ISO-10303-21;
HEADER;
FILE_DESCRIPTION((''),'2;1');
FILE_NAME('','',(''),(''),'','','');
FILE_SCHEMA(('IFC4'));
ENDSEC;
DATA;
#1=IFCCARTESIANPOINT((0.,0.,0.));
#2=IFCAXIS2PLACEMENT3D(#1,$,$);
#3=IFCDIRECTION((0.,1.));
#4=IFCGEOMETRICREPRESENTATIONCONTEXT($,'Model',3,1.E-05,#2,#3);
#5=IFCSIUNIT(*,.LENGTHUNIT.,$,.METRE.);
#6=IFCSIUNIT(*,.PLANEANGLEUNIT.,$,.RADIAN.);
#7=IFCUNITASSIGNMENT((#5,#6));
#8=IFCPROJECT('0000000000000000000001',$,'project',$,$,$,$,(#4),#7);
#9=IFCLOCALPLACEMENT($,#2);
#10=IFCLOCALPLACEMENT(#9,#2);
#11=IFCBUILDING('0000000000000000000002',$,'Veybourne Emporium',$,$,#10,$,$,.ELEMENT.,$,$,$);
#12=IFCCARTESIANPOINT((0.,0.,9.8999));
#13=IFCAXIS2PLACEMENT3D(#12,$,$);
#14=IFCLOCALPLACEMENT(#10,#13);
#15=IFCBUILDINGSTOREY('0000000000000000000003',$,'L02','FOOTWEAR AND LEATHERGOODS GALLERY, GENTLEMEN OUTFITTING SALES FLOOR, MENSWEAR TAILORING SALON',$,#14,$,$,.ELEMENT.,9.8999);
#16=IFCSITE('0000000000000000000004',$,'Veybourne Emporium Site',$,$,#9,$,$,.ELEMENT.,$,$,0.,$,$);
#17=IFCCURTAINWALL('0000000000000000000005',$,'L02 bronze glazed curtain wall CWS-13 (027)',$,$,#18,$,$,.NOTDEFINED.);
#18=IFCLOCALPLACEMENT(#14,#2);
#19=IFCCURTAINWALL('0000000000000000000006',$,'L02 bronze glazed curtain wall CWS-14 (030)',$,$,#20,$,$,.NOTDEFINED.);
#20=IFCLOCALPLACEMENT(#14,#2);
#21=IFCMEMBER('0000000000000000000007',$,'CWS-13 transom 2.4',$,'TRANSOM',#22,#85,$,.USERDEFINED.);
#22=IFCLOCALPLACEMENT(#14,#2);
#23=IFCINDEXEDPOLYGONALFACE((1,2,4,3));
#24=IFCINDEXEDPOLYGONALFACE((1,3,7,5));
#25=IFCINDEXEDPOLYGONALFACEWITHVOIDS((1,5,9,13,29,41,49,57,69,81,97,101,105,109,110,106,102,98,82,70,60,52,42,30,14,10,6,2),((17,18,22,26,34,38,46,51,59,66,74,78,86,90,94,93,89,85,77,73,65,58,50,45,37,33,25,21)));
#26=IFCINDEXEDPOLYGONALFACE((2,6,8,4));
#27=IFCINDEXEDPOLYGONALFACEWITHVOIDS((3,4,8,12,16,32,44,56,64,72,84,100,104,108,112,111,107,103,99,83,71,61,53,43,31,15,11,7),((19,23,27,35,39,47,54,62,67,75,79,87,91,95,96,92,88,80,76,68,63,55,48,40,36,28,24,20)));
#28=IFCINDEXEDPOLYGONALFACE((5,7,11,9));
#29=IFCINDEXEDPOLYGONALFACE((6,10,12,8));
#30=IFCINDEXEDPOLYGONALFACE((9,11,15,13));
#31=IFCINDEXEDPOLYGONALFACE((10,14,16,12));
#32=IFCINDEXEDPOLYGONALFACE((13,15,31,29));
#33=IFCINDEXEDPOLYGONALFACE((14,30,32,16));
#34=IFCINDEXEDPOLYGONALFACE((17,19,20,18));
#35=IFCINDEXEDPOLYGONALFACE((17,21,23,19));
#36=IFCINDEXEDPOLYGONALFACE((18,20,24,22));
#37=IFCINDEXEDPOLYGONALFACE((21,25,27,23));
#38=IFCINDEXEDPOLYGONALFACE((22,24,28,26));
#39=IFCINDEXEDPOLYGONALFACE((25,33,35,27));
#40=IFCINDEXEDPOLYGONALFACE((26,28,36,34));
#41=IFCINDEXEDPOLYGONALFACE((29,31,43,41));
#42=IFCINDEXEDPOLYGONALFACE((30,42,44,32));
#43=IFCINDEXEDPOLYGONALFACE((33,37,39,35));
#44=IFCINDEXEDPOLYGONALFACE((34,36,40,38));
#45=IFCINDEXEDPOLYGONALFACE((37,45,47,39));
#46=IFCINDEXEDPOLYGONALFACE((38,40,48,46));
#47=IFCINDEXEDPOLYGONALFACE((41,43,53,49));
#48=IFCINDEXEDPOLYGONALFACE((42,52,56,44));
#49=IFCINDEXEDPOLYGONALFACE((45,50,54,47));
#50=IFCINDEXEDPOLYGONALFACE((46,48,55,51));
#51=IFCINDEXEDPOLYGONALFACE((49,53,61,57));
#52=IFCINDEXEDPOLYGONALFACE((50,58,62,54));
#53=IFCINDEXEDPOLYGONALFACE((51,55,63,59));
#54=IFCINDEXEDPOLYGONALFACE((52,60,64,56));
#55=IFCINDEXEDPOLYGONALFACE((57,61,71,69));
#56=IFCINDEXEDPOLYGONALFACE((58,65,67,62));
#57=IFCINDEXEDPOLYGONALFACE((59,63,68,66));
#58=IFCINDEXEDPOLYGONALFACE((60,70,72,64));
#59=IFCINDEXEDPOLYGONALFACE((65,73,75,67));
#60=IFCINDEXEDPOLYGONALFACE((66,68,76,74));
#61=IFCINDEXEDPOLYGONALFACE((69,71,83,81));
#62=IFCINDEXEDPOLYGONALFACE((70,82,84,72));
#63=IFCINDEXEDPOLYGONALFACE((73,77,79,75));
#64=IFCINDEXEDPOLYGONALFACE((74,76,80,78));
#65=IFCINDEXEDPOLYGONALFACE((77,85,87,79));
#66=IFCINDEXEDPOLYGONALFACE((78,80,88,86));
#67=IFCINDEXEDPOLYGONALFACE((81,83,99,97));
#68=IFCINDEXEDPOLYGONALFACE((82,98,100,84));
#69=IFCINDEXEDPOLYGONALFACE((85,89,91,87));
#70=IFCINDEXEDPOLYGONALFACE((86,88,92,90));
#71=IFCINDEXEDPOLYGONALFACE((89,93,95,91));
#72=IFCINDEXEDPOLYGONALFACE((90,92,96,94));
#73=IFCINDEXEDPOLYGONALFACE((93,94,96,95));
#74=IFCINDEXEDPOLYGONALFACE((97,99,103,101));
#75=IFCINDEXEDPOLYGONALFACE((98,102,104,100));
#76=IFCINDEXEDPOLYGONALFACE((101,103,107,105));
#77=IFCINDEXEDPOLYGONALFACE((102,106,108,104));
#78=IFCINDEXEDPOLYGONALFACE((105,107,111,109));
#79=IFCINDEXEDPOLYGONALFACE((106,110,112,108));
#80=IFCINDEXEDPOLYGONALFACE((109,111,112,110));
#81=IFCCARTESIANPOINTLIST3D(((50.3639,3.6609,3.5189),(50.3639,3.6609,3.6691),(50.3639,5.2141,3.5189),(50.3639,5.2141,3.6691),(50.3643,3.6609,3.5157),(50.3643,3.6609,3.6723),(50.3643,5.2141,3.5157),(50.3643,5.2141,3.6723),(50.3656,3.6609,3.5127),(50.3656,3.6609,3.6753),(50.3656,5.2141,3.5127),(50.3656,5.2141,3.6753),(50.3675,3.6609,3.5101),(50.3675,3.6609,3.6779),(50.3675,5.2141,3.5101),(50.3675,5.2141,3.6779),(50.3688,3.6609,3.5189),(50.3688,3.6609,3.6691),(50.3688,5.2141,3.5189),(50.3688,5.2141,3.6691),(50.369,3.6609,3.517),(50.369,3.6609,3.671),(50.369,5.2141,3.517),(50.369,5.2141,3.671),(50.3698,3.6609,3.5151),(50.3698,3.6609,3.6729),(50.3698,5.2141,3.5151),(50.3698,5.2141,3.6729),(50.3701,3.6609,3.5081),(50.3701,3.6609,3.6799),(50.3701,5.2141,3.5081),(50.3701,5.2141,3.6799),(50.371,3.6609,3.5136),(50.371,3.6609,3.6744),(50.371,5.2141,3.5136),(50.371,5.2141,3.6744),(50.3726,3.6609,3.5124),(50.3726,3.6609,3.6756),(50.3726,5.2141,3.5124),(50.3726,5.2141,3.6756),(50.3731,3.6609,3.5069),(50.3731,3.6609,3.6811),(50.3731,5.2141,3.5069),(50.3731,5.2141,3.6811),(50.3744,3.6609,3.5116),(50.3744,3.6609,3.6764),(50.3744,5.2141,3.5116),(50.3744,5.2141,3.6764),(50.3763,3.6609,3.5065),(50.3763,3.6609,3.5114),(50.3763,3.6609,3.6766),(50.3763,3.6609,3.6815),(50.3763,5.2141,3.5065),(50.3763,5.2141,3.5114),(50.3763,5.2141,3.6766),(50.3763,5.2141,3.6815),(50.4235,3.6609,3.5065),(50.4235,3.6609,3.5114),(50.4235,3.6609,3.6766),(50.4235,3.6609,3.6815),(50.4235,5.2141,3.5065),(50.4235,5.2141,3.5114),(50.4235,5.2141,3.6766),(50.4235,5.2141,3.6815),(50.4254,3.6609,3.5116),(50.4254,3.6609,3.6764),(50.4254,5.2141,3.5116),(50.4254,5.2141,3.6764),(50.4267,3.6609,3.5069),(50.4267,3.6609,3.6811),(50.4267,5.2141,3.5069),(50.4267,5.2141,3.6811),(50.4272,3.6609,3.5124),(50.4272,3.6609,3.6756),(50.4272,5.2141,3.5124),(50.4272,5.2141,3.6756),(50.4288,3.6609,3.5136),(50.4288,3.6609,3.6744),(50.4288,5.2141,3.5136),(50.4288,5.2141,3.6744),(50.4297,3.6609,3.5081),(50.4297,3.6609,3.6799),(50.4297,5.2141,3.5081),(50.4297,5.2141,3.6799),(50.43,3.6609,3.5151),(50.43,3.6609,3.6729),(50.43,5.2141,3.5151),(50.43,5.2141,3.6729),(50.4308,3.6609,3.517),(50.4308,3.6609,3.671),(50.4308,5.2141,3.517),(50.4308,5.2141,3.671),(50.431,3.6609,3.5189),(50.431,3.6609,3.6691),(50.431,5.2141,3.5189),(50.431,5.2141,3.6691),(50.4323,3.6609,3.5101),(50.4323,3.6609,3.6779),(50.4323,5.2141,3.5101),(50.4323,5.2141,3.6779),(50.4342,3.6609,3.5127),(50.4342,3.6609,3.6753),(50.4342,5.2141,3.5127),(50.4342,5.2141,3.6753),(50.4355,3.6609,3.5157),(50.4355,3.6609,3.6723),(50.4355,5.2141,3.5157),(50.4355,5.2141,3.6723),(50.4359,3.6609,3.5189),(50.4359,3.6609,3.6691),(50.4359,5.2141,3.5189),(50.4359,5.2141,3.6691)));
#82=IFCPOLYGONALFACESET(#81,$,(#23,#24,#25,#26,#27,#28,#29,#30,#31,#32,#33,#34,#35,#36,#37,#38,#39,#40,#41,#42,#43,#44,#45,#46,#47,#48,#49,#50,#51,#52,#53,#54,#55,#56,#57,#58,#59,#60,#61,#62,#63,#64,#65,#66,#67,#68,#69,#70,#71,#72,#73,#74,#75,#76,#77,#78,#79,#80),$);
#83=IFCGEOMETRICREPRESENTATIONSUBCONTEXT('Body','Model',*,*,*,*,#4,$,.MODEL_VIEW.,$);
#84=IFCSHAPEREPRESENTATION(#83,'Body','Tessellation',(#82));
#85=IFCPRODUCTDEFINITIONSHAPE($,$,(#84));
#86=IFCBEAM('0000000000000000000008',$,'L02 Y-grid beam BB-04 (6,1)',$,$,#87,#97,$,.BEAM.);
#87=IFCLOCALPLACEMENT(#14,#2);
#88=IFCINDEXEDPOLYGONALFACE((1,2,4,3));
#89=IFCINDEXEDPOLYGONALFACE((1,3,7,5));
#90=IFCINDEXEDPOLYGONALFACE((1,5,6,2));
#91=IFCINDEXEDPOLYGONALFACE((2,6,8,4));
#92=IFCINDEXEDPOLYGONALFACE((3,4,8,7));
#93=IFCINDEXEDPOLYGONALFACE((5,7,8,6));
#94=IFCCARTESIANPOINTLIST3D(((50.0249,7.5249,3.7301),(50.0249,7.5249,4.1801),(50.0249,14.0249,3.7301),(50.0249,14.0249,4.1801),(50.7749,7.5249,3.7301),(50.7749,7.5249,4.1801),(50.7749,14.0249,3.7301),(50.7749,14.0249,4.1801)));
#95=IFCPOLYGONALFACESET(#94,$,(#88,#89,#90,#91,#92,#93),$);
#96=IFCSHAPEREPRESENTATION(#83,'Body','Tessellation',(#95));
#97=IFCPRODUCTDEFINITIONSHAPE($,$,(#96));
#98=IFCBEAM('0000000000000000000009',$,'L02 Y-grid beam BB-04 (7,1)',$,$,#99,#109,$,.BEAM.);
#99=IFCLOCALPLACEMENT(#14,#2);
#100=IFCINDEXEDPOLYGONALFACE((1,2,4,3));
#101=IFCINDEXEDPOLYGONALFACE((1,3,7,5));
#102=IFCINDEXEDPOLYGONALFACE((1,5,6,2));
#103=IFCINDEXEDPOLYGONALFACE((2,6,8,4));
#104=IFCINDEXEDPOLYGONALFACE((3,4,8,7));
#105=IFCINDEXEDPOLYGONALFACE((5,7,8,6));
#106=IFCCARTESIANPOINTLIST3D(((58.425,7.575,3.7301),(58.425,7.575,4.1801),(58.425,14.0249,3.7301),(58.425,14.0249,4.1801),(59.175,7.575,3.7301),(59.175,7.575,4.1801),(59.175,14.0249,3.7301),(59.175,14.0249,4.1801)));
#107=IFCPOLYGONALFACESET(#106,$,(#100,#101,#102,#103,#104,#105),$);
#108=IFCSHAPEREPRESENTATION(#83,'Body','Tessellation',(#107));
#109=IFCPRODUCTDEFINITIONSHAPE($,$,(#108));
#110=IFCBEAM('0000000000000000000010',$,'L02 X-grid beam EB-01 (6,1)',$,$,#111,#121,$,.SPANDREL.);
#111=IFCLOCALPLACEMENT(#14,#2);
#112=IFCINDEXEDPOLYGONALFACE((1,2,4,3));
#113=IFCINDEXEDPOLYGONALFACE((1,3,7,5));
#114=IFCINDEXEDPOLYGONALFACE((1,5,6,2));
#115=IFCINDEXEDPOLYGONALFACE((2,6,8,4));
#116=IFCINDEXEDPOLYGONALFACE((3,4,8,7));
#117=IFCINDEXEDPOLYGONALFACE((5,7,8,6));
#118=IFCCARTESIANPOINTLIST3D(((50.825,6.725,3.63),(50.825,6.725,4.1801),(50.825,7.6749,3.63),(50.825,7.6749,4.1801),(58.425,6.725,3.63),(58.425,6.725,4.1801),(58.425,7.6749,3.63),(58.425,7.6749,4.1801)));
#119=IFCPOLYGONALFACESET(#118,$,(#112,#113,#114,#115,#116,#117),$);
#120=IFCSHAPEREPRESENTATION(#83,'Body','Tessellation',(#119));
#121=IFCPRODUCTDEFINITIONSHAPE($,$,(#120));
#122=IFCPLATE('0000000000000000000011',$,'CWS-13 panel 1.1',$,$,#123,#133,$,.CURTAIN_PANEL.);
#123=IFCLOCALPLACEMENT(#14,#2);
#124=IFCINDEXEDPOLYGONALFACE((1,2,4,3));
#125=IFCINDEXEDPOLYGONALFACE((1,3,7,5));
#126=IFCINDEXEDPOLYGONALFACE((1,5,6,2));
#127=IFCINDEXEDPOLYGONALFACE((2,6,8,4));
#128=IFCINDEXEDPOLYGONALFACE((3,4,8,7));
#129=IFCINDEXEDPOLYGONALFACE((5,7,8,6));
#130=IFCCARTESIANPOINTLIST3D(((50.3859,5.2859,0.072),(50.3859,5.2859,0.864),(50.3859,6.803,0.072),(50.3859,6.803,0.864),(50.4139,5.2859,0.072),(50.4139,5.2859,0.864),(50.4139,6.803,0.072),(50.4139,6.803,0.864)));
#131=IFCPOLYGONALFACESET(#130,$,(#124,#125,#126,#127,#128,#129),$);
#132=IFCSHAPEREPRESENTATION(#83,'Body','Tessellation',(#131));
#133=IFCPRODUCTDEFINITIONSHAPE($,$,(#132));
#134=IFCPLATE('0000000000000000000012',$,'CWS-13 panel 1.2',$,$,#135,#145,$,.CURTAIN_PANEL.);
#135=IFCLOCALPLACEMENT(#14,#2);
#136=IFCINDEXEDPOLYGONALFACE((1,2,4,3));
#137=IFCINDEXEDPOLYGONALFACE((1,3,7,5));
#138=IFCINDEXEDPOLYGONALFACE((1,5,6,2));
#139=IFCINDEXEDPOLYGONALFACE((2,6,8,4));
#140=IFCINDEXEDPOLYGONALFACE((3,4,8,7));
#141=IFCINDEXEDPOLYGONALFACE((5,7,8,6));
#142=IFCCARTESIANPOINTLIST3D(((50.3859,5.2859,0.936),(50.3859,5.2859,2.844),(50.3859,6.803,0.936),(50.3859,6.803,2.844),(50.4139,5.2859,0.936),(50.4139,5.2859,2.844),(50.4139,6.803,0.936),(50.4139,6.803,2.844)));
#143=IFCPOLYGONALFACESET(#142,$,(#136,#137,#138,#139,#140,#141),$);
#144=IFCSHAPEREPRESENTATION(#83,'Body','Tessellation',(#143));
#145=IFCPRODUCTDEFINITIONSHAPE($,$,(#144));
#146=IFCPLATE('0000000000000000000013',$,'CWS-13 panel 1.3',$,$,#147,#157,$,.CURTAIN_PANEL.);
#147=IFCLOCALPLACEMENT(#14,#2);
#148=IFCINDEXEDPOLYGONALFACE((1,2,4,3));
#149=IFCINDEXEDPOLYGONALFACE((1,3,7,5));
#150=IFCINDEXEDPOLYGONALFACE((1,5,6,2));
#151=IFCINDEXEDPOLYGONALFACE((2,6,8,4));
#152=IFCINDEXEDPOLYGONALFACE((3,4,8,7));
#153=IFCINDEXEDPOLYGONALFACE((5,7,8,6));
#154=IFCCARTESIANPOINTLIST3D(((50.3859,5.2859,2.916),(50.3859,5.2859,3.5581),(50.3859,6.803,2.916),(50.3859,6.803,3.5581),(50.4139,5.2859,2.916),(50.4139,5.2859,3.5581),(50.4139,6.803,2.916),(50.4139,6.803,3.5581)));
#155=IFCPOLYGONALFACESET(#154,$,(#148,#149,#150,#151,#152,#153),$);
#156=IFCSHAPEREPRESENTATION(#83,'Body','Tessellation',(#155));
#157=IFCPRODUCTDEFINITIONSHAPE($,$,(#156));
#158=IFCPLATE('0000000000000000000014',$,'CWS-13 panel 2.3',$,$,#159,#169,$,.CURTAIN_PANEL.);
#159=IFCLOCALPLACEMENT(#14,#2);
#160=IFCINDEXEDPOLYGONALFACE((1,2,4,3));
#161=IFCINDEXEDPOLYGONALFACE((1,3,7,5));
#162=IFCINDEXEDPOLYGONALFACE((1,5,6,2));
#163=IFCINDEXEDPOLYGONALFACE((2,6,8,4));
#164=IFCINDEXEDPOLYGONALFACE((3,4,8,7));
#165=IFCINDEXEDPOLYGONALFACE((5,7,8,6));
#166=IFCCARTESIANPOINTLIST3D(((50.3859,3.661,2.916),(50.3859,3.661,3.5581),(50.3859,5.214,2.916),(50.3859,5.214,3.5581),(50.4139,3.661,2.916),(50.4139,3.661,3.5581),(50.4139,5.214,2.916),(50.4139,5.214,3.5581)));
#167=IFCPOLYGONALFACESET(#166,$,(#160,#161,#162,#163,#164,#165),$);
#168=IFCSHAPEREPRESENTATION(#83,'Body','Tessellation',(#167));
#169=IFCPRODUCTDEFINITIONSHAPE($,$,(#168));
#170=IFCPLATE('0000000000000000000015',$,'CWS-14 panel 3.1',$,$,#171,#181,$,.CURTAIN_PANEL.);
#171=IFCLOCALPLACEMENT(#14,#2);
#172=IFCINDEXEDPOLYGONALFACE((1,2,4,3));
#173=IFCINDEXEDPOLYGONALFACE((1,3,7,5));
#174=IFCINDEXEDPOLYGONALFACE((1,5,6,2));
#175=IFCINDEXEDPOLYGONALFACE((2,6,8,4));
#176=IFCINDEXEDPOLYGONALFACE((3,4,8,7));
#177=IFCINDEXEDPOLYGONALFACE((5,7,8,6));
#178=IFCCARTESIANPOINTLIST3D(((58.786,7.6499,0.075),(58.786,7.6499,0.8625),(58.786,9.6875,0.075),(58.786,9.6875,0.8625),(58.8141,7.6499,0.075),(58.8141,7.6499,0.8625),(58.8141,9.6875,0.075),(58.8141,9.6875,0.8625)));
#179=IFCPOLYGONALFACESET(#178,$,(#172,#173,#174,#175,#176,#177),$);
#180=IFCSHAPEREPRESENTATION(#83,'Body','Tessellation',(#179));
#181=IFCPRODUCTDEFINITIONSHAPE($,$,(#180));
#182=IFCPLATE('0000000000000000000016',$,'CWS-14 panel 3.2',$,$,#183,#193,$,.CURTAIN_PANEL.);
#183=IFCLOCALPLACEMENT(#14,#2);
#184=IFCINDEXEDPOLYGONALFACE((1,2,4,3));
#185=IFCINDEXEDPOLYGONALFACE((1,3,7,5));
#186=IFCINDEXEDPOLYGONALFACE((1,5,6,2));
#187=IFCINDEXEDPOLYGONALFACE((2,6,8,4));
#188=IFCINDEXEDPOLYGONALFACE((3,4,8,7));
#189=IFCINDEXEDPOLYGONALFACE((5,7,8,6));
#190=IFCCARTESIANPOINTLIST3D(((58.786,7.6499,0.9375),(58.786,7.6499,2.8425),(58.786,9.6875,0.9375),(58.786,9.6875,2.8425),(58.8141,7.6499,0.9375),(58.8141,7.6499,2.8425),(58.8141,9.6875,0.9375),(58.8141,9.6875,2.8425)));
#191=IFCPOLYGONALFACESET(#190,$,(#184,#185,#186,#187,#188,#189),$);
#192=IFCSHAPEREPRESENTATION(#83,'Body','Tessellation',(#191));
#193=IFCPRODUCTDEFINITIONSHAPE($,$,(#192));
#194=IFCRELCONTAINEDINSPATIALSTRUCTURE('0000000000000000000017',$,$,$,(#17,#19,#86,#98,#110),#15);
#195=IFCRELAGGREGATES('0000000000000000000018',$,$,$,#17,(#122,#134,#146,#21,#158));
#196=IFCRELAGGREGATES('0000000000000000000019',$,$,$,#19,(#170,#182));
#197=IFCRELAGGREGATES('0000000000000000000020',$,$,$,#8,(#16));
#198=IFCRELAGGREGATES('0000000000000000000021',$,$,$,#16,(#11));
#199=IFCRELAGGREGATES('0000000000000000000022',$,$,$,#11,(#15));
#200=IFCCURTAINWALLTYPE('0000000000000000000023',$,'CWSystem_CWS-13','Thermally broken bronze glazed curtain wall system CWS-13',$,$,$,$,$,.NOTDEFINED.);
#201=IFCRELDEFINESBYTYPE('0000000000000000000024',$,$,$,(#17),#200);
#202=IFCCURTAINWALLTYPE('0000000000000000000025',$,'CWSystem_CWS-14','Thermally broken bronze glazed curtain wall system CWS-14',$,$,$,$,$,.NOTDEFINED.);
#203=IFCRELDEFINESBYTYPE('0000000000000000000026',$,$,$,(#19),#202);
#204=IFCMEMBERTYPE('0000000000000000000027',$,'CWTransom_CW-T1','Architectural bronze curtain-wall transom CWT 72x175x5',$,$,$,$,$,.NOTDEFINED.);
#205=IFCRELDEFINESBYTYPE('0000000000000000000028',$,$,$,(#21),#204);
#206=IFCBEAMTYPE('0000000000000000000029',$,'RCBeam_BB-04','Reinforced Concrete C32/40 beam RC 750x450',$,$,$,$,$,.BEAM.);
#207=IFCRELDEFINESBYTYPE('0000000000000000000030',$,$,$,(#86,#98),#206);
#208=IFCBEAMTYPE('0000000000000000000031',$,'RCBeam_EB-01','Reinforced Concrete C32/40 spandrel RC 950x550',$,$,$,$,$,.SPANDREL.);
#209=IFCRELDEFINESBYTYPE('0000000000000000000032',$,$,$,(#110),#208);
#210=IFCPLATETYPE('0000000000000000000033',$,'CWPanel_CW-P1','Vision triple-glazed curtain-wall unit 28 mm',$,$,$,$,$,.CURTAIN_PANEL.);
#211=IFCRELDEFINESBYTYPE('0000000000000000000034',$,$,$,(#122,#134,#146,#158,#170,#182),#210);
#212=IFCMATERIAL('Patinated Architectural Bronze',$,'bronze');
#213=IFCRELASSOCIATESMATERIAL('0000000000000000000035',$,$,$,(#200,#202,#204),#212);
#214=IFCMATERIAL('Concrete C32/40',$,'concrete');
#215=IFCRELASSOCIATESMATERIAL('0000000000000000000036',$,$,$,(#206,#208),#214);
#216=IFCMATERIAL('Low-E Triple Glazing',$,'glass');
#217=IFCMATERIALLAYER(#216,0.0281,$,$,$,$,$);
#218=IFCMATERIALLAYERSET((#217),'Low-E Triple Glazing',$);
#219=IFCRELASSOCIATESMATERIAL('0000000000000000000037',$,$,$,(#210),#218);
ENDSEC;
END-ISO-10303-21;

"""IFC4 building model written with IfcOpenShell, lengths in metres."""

from ifc_helpers import new_model, si_unit, direction, frame, origin, origin_2d, place, context, subcontext, project, spatial, rectangle, hollow_rectangle, extrude, material, layer, layer_set, material_profile, profile_set, type_object, element, aggregate, save


model = new_model("IFC4")

# Units and contexts
model_context = context("Model", 3, precision=1e-05, world=origin(), true_north=direction((0.0, 1.0)))
body_context = subcontext(model_context, "Body", "Model", "MODEL_VIEW")
ifc_project = project(units=[si_unit("LENGTHUNIT", "METRE"), si_unit("PLANEANGLEUNIT", "RADIAN")], contexts=[model_context])

# Site, building, storey
site_placement = place(None, origin())
site = spatial("IfcSite", under=ifc_project, at=site_placement, Name="Veybourne Emporium Site", CompositionType="ELEMENT", RefElevation=0.0)
building_placement = place(site_placement, origin())
building = spatial("IfcBuilding", under=site, at=building_placement, Name="Veybourne Emporium", CompositionType="ELEMENT")
storey_placement = place(building_placement, frame((0.0, 0.0, 9.8999)))
storey = spatial("IfcBuildingStorey", under=building, at=storey_placement, Name="L02", Description="FOOTWEAR AND LEATHERGOODS GALLERY, GENTLEMEN OUTFITTING SALES FLOOR, MENSWEAR TAILORING SALON", CompositionType="ELEMENT", Elevation=9.8999)

# Curtain wall
ifc_material_1 = material(Name="Patinated Architectural Bronze", Category="bronze")
curtain_wall_type_1 = type_object("IfcCurtainWallType", Name="CWSystem_CWS-13", Description="Thermally broken bronze glazed curtain wall system CWS-13", PredefinedType="NOTDEFINED", material=ifc_material_1)
curtain_wall_1_placement = place(storey_placement, origin())
curtain_wall_1 = element("IfcCurtainWall", 1, at=curtain_wall_1_placement, inside=storey, type_object=curtain_wall_type_1, Name="L02 bronze glazed curtain wall CWS-13 (027)", PredefinedType="NOTDEFINED")

# Curtain wall
curtain_wall_type_2 = type_object("IfcCurtainWallType", Name="CWSystem_CWS-14", Description="Thermally broken bronze glazed curtain wall system CWS-14", PredefinedType="NOTDEFINED", material=ifc_material_1)
curtain_wall_2_placement = place(storey_placement, origin())
curtain_wall_2 = element("IfcCurtainWall", 2, at=curtain_wall_2_placement, inside=storey, type_object=curtain_wall_type_2, Name="L02 bronze glazed curtain wall CWS-14 (030)", PredefinedType="NOTDEFINED")

# Member
ifc_material_profile_1 = material_profile(ifc_material_1, hollow_rectangle(XDim=0.072, YDim=0.175, WallThickness=0.0049, InnerFilletRadius=0.0076, OuterFilletRadius=0.0125, at=origin_2d()), Name="CWT 72x175x5")
ifc_profile_set_1 = profile_set([ifc_material_profile_1], Name="Patinated Architectural Bronze")
member_type_1 = type_object("IfcMemberType", Name="CWTransom_CW-T1", Description="Architectural bronze curtain-wall transom CWT 72x175x5", PredefinedType="NOTDEFINED", material=ifc_profile_set_1)
member_1_placement = place(storey_placement, frame((50.3999, 5.2141, 3.594), z_axis=(0.0, -1.0, 0.0), x_axis=(1.0, 0.0, 0.0)))
member_1 = element("IfcMember", 3, at=member_1_placement, type_object=member_type_1, Name="CWS-13 transom 2.4", ObjectType="TRANSOM", PredefinedType="USERDEFINED", context=body_context, shape_type="SweptSolid", body=[
    extrude(hollow_rectangle(XDim=0.072, YDim=0.175, WallThickness=0.0049, InnerFilletRadius=0.0076, OuterFilletRadius=0.0125, at=origin_2d()), origin(), (0.0, 0.0, 1.0), 1.5532),
])

# Beams
ifc_material_2 = material(Name="Concrete C32/40", Category="concrete")
ifc_material_profile_2 = material_profile(ifc_material_2, rectangle(XDim=0.75, YDim=0.45, at=origin_2d()), Name="RC 750x450")
ifc_profile_set_2 = profile_set([ifc_material_profile_2], Name="Concrete C32/40")
beam_type_1 = type_object("IfcBeamType", Name="RCBeam_BB-04", Description="Reinforced Concrete C32/40 beam RC 750x450", PredefinedType="BEAM", material=ifc_profile_set_2)
beam_1_placement = place(storey_placement, frame((50.3999, 7.5249, 3.9551), z_axis=(0.0, 1.0, 0.0), x_axis=(-1.0, 0.0, 0.0)))
element("IfcBeam", 4, at=beam_1_placement, inside=storey, type_object=beam_type_1, Name="L02 Y-grid beam BB-04 (6,1)", PredefinedType="BEAM", context=body_context, shape_type="SweptSolid", body=[
    extrude(rectangle(XDim=0.75, YDim=0.45, at=origin_2d()), origin(), (0.0, 0.0, 1.0), 6.5),
])
beam_2_placement = place(storey_placement, frame((58.8, 7.575, 3.9551), z_axis=(0.0, 1.0, 0.0), x_axis=(-1.0, 0.0, 0.0)))
element("IfcBeam", 5, at=beam_2_placement, inside=storey, type_object=beam_type_1, Name="L02 Y-grid beam BB-04 (7,1)", PredefinedType="BEAM", context=body_context, shape_type="SweptSolid", body=[
    extrude(rectangle(XDim=0.75, YDim=0.45, at=origin_2d()), origin(), (0.0, 0.0, 1.0), 6.45),
])
ifc_material_profile_3 = material_profile(ifc_material_2, rectangle(XDim=0.95, YDim=0.55, at=origin_2d()), Name="RC 950x550")
ifc_profile_set_3 = profile_set([ifc_material_profile_3], Name="Concrete C32/40")
beam_type_2 = type_object("IfcBeamType", Name="RCBeam_EB-01", Description="Reinforced Concrete C32/40 spandrel RC 950x550", PredefinedType="SPANDREL", material=ifc_profile_set_3)
beam_3_placement = place(storey_placement, frame((50.825, 7.2, 3.905), z_axis=(1.0, 0.0, 0.0), x_axis=(0.0, 1.0, 0.0)))
element("IfcBeam", 6, at=beam_3_placement, inside=storey, type_object=beam_type_2, Name="L02 X-grid beam EB-01 (6,1)", PredefinedType="SPANDREL", context=body_context, shape_type="SweptSolid", body=[
    extrude(rectangle(XDim=0.95, YDim=0.55, at=origin_2d()), origin(), (0.0, 0.0, 1.0), 7.6001),
])

# Plates
ifc_material_3 = material(Name="Low-E Triple Glazing", Category="glass")
ifc_layer_1 = layer(ifc_material_3, 0.0281)
ifc_layer_set_1 = layer_set([ifc_layer_1], Name="Low-E Triple Glazing")
plate_type = type_object("IfcPlateType", Name="CWPanel_CW-P1", Description="Vision triple-glazed curtain-wall unit 28 mm", PredefinedType="CURTAIN_PANEL", material=ifc_layer_set_1)
plate_1_placement = place(storey_placement, frame((50.3999, 6.0444, 0.072), z_axis=(0.0, 0.0, 1.0), x_axis=(0.0, -1.0, 0.0)))
plate_1 = element("IfcPlate", 7, at=plate_1_placement, type_object=plate_type, Name="CWS-13 panel 1.1", PredefinedType="CURTAIN_PANEL", context=body_context, shape_type="SweptSolid", body=[
    extrude(rectangle(XDim=1.5171, YDim=0.0281, at=origin_2d()), origin(), (0.0, 0.0, 1.0), 0.792),
])
plate_2_placement = place(storey_placement, frame((50.3999, 6.0444, 0.936), z_axis=(0.0, 0.0, 1.0), x_axis=(0.0, -1.0, 0.0)))
plate_2 = element("IfcPlate", 8, at=plate_2_placement, type_object=plate_type, Name="CWS-13 panel 1.2", PredefinedType="CURTAIN_PANEL", context=body_context, shape_type="SweptSolid", body=[
    extrude(rectangle(XDim=1.5171, YDim=0.0281, at=origin_2d()), origin(), (0.0, 0.0, 1.0), 1.908),
])
plate_3_placement = place(storey_placement, frame((50.3999, 6.0444, 2.916), z_axis=(0.0, 0.0, 1.0), x_axis=(0.0, -1.0, 0.0)))
plate_3 = element("IfcPlate", 9, at=plate_3_placement, type_object=plate_type, Name="CWS-13 panel 1.3", PredefinedType="CURTAIN_PANEL", context=body_context, shape_type="SweptSolid", body=[
    extrude(rectangle(XDim=1.5171, YDim=0.0281, at=origin_2d()), origin(), (0.0, 0.0, 1.0), 0.6421),
])
plate_4_placement = place(storey_placement, frame((50.3999, 4.4375, 2.916), z_axis=(0.0, 0.0, 1.0), x_axis=(0.0, -1.0, 0.0)))
plate_4 = element("IfcPlate", 10, at=plate_4_placement, type_object=plate_type, Name="CWS-13 panel 2.3", PredefinedType="CURTAIN_PANEL", context=body_context, shape_type="SweptSolid", body=[
    extrude(rectangle(XDim=1.553, YDim=0.0281, at=origin_2d()), origin(), (0.0, 0.0, 1.0), 0.6421),
])
aggregate(curtain_wall_1, [plate_1, plate_2, plate_3, member_1, plate_4])
plate_5_placement = place(storey_placement, frame((58.8, 8.6687, 0.075), z_axis=(0.0, 0.0, 1.0), x_axis=(0.0, -1.0, 0.0)))
plate_5 = element("IfcPlate", 11, at=plate_5_placement, type_object=plate_type, Name="CWS-14 panel 3.1", PredefinedType="CURTAIN_PANEL", context=body_context, shape_type="SweptSolid", body=[
    extrude(rectangle(XDim=2.0376, YDim=0.0281, at=origin_2d()), origin(), (0.0, 0.0, 1.0), 0.7876),
])
plate_6_placement = place(storey_placement, frame((58.8, 8.6687, 0.9375), z_axis=(0.0, 0.0, 1.0), x_axis=(0.0, -1.0, 0.0)))
plate_6 = element("IfcPlate", 12, at=plate_6_placement, type_object=plate_type, Name="CWS-14 panel 3.2", PredefinedType="CURTAIN_PANEL", context=body_context, shape_type="SweptSolid", body=[
    extrude(rectangle(XDim=2.0376, YDim=0.0281, at=origin_2d()), origin(), (0.0, 0.0, 1.0), 1.905),
])
aggregate(curtain_wall_2, [plate_5, plate_6])

save(model, "model.ifc")
